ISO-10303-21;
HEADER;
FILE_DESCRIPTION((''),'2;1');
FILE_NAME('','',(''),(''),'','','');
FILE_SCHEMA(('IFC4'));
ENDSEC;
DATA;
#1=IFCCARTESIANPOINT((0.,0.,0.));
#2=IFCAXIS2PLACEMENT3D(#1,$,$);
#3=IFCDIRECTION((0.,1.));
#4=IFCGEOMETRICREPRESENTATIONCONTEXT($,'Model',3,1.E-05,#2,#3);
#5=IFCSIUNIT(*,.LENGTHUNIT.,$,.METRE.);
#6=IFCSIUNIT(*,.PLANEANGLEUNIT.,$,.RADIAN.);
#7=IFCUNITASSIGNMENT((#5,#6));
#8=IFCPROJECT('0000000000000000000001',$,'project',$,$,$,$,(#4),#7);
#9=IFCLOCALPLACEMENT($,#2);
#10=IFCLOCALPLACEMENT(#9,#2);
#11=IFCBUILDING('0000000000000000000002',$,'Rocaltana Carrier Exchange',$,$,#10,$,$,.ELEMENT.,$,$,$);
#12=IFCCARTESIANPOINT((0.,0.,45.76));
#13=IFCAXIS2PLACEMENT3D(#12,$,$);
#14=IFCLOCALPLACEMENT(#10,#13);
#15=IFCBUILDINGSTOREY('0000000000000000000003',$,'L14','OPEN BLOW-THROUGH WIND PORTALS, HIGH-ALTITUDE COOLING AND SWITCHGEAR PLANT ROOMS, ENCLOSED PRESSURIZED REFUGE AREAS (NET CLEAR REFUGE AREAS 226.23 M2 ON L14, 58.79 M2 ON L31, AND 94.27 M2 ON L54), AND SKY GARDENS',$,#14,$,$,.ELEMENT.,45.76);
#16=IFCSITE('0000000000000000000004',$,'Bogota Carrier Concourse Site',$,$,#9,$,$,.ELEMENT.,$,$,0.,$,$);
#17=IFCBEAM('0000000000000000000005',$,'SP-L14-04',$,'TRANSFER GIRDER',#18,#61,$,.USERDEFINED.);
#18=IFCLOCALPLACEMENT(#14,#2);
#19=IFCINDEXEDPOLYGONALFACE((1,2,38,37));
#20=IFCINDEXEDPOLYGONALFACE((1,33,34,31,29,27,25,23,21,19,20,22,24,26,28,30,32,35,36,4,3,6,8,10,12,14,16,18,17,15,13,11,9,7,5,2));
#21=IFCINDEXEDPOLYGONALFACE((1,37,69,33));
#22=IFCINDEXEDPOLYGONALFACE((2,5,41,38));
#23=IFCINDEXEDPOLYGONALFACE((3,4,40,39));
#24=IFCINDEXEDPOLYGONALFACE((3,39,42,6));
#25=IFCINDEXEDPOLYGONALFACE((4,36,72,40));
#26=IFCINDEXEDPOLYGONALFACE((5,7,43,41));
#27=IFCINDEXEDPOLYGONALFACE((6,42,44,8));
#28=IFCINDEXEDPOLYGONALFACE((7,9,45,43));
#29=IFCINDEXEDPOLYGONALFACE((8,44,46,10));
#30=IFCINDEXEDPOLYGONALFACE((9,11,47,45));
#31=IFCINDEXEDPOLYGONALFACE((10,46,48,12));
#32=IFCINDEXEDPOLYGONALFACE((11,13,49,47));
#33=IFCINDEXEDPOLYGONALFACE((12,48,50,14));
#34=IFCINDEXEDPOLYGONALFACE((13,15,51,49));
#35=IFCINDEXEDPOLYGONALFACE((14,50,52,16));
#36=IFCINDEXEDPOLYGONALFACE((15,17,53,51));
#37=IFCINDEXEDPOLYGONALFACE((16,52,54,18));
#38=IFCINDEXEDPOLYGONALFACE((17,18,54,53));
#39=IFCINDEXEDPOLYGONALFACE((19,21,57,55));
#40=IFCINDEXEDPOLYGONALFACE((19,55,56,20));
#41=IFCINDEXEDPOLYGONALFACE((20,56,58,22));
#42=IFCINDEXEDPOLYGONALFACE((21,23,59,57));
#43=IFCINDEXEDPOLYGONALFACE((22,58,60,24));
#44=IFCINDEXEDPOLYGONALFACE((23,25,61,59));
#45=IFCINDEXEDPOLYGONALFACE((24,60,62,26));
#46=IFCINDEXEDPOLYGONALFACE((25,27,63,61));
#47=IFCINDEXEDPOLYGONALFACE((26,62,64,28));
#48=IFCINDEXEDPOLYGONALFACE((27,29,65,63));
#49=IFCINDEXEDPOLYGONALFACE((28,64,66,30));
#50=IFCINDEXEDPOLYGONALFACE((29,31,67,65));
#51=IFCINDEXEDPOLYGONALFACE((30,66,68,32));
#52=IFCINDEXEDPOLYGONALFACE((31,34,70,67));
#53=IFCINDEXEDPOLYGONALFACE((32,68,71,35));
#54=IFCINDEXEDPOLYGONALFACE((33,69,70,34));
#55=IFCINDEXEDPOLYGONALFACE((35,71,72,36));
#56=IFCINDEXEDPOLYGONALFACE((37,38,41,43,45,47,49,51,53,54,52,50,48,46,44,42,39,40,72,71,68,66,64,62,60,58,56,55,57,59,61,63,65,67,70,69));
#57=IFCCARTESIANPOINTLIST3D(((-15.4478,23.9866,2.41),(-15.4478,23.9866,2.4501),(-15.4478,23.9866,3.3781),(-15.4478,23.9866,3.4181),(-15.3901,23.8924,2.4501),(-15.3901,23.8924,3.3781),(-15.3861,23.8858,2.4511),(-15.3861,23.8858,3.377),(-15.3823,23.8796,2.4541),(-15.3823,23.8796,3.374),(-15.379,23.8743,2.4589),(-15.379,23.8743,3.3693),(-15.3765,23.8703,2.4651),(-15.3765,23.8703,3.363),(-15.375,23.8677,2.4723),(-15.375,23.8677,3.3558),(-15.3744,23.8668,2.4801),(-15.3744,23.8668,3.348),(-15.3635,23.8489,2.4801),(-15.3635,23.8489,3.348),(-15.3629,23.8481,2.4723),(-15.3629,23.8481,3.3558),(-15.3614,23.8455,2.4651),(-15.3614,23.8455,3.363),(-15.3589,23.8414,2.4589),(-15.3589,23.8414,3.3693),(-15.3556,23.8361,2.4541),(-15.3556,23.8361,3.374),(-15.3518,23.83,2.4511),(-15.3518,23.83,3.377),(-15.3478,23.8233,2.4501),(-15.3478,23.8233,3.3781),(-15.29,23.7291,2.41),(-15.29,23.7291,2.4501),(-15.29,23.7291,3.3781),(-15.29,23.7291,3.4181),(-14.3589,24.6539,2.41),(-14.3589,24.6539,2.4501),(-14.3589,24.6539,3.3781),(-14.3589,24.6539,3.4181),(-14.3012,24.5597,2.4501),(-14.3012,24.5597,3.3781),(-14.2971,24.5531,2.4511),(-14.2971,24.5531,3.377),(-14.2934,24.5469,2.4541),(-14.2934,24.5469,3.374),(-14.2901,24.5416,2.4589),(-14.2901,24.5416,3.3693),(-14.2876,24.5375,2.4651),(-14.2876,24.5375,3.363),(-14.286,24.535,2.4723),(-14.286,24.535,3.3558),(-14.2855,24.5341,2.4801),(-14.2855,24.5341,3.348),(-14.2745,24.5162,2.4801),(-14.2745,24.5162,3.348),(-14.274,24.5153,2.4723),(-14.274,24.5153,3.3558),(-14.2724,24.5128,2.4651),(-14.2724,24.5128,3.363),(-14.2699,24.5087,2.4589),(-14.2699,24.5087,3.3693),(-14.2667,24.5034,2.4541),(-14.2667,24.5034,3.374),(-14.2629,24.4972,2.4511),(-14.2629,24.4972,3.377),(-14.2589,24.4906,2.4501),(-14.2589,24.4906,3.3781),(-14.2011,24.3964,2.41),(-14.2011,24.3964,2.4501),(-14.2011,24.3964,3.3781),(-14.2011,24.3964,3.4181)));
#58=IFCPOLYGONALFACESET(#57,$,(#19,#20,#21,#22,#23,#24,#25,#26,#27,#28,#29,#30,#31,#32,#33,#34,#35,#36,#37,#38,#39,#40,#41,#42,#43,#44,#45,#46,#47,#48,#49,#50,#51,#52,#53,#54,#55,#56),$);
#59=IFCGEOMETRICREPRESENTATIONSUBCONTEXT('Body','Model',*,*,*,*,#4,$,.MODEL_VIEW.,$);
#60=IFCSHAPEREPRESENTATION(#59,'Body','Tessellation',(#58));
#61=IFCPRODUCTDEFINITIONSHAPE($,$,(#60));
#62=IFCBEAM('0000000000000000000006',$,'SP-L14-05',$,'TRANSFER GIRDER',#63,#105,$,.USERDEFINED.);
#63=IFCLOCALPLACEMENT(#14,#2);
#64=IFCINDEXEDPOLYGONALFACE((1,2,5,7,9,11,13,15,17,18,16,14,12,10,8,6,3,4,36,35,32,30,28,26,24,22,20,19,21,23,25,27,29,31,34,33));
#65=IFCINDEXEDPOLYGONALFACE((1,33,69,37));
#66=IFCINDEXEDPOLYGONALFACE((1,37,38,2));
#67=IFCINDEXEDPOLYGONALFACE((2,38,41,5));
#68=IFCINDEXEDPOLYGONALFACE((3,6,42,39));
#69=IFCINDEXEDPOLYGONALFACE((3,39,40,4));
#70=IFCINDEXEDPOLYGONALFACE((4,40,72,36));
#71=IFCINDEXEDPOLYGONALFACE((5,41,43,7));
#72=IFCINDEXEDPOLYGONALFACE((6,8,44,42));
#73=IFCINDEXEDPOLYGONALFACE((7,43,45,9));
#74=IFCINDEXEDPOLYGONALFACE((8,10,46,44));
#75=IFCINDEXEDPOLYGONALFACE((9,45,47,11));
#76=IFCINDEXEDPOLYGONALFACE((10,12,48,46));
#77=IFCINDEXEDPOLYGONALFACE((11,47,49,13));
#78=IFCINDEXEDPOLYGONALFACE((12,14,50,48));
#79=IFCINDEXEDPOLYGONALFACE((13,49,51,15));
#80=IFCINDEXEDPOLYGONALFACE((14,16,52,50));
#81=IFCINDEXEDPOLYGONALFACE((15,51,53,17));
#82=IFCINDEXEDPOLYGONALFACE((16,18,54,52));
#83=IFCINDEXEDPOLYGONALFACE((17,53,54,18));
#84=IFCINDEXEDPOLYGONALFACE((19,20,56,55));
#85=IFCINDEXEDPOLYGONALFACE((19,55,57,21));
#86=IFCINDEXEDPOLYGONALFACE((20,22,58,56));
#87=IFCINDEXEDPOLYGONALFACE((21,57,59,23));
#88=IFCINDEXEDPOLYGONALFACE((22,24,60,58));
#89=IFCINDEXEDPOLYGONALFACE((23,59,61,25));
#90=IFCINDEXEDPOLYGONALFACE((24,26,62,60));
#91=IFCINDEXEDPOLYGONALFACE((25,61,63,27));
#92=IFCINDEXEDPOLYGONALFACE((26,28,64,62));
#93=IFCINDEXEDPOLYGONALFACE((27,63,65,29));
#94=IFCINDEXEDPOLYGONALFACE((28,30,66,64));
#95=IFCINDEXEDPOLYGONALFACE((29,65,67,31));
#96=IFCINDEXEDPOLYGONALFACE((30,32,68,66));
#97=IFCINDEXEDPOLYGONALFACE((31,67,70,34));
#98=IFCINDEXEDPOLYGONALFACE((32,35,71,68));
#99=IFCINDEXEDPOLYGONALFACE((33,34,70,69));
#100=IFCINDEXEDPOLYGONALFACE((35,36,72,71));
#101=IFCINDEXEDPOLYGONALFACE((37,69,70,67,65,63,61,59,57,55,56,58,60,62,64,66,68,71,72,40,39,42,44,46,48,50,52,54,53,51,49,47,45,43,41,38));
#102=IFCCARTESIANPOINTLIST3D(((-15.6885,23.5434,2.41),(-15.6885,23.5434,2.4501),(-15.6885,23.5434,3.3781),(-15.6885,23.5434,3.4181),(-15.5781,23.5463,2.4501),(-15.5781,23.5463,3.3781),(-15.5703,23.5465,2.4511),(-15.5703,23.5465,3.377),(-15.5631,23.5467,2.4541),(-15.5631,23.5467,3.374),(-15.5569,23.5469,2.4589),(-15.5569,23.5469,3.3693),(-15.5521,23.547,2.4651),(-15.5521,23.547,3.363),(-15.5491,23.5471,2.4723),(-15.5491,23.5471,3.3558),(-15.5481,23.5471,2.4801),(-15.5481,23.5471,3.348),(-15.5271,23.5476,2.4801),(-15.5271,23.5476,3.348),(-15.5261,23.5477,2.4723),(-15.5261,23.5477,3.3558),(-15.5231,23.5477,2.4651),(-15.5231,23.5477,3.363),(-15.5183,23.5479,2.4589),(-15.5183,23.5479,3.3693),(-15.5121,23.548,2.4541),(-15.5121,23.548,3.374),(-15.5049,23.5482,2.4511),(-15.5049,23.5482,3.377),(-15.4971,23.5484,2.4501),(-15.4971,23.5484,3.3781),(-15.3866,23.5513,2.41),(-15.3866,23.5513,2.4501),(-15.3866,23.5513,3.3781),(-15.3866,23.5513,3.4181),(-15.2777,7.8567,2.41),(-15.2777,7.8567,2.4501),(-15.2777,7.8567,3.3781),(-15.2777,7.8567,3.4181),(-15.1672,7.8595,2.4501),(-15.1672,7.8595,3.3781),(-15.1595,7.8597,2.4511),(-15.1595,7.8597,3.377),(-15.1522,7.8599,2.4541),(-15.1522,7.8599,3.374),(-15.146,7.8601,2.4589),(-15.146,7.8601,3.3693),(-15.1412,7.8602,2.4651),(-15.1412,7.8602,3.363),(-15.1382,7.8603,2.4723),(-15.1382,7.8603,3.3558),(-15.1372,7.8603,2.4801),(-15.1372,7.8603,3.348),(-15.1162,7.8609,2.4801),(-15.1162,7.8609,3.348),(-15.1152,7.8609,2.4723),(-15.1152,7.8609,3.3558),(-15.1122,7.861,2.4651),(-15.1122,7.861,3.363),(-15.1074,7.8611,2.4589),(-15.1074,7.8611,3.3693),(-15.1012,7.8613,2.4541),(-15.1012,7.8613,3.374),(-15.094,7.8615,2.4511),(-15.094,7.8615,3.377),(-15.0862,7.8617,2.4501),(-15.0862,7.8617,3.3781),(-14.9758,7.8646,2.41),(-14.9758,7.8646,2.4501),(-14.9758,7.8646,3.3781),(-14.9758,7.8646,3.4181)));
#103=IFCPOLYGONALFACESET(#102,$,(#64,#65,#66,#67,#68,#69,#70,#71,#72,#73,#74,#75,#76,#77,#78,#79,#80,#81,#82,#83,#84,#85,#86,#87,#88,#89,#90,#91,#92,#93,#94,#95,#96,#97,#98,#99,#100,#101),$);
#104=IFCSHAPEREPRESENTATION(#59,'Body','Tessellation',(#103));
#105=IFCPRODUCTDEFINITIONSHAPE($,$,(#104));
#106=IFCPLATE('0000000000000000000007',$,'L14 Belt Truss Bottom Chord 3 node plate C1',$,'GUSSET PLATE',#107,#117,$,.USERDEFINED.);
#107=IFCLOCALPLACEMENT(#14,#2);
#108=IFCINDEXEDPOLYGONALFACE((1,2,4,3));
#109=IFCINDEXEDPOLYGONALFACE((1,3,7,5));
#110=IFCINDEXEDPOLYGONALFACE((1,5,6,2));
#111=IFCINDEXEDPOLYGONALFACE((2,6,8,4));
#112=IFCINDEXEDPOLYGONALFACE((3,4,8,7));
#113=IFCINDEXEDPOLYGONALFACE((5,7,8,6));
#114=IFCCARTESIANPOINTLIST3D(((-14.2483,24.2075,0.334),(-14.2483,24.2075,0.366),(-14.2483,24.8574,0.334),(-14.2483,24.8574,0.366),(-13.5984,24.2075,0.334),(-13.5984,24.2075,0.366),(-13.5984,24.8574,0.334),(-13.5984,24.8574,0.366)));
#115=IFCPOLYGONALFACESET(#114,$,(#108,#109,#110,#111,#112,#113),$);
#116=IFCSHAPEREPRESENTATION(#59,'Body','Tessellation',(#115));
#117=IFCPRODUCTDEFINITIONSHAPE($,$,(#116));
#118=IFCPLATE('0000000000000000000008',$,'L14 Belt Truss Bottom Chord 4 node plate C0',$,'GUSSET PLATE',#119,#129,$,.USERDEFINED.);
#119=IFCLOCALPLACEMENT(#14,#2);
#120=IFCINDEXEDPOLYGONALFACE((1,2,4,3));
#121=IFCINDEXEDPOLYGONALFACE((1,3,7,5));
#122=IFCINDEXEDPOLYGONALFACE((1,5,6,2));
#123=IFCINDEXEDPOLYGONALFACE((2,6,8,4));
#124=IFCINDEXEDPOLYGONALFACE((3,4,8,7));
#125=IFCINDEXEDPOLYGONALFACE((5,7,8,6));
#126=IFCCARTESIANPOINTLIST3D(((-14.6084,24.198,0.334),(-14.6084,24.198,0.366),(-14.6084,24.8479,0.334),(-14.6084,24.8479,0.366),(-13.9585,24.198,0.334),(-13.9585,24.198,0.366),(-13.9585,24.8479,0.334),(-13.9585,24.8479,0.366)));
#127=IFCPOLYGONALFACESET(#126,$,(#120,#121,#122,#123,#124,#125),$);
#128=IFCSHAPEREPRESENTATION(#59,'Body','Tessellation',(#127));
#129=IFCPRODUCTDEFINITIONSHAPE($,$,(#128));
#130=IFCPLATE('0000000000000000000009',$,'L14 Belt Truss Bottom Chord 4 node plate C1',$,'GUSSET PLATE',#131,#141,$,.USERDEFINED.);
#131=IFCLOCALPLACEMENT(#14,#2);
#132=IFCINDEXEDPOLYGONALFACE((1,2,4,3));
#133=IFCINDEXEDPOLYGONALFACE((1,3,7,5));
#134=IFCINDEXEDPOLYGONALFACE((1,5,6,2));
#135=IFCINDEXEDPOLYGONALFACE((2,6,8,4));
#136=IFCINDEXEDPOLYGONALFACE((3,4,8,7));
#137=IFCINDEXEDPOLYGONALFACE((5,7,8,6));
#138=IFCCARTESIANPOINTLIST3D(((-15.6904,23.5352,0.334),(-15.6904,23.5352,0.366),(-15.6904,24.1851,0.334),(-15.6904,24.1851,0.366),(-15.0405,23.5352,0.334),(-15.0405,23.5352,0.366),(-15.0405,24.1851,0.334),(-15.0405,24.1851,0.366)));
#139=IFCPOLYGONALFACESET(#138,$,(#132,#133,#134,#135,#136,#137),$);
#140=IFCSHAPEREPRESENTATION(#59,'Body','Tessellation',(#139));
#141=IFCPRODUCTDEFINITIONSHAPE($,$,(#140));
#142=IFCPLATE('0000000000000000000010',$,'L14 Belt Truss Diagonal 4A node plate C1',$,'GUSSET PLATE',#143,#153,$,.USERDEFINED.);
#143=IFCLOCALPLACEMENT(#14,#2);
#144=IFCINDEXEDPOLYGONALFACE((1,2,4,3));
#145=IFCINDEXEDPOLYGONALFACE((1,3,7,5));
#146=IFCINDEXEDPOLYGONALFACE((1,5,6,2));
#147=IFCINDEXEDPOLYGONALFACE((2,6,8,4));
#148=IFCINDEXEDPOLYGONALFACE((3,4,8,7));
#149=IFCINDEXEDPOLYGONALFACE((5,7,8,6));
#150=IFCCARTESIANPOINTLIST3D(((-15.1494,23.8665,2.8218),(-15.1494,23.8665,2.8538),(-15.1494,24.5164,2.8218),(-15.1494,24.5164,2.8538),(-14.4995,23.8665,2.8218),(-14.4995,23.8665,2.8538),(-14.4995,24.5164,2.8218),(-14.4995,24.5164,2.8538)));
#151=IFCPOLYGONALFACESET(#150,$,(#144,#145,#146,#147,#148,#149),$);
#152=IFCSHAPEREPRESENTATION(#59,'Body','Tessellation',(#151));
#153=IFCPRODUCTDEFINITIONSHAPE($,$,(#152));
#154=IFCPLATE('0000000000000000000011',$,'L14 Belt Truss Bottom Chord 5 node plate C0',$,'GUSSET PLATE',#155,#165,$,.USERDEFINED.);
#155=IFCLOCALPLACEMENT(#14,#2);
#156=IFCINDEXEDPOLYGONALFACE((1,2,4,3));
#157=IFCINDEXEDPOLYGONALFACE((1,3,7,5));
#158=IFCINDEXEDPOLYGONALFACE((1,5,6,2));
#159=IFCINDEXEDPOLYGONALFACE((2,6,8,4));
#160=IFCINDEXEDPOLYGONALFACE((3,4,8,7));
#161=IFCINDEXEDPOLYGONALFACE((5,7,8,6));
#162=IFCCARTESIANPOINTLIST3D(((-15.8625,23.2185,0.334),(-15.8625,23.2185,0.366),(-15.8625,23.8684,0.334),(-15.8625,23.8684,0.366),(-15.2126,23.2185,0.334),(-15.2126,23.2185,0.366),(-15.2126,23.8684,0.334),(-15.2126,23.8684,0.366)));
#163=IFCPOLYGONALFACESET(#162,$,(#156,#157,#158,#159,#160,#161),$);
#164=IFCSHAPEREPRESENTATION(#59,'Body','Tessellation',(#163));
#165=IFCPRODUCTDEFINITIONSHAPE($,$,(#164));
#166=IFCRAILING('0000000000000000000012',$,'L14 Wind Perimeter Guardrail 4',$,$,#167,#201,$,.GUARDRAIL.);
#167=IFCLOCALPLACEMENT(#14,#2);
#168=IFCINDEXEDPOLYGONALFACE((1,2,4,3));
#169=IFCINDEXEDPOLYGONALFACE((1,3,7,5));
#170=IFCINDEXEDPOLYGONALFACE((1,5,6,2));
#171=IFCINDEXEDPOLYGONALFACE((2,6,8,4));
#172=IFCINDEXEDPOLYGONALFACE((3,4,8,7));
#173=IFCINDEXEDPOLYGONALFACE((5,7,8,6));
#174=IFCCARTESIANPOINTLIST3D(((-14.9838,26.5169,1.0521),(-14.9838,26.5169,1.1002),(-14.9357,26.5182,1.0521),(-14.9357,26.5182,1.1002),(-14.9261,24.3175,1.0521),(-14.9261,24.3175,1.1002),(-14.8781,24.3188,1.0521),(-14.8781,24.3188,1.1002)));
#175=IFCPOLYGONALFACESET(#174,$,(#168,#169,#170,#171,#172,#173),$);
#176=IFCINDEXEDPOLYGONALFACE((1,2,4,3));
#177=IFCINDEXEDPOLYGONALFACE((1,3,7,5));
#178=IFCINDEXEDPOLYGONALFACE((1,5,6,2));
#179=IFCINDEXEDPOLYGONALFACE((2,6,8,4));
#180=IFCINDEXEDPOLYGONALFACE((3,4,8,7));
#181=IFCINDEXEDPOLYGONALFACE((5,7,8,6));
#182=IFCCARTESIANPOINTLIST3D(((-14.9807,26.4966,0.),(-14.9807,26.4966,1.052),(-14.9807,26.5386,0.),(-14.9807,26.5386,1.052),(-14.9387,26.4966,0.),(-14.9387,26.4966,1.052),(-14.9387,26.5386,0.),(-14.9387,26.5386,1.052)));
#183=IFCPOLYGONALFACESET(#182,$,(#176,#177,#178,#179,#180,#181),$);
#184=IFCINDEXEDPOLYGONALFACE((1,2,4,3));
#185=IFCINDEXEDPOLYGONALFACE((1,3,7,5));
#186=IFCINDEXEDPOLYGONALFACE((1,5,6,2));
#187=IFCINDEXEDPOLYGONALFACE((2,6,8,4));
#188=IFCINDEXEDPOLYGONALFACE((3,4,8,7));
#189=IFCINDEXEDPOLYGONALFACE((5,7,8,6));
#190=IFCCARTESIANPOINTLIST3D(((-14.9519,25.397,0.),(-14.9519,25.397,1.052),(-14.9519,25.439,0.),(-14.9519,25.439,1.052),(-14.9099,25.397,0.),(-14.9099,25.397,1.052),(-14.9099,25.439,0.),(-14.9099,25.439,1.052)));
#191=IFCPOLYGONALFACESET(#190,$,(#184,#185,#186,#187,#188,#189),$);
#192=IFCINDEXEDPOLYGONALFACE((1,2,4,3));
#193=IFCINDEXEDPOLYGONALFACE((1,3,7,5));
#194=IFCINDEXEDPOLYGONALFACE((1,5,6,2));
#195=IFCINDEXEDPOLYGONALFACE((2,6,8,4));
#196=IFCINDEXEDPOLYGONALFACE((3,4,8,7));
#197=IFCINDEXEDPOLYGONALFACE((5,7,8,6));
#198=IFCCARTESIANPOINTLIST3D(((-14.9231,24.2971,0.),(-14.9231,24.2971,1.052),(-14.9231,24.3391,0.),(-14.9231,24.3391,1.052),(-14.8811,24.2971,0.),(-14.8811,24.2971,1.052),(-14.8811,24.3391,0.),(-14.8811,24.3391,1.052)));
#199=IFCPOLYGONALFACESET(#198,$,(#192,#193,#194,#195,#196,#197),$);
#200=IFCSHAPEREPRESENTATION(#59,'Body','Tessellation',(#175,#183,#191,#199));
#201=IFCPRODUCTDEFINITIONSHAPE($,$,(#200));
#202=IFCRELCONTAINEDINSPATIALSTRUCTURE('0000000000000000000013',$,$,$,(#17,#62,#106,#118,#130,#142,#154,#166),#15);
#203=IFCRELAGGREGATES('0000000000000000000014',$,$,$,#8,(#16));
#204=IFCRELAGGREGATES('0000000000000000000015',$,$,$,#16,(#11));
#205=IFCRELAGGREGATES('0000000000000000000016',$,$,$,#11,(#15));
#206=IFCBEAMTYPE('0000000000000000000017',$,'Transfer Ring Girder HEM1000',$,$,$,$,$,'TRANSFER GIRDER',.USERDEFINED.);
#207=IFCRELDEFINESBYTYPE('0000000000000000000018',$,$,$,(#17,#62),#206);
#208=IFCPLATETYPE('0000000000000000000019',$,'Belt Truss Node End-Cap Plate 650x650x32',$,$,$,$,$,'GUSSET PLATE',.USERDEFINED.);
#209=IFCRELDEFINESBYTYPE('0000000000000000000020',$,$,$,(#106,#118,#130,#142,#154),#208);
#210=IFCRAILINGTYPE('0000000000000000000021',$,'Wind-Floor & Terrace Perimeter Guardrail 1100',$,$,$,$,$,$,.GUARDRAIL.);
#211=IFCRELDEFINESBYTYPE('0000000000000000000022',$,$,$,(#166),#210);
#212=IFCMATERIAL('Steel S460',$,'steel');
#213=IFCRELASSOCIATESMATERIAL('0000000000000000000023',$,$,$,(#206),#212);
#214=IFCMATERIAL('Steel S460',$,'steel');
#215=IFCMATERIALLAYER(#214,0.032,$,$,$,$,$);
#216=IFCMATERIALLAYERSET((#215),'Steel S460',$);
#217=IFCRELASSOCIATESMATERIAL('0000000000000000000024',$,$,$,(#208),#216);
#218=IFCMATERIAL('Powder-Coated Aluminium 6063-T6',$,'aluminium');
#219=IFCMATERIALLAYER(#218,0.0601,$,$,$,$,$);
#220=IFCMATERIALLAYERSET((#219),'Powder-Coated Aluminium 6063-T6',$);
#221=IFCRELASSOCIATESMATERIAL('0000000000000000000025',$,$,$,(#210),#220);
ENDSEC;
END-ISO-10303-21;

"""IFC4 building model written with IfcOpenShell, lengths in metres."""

from ifc_helpers import new_model, si_unit, direction, frame, origin, origin_2d, place, context, subcontext, project, spatial, rectangle, i_section, extrude, material, layer, layer_set, material_profile, profile_set, type_object, element, save


model = new_model("IFC4")

# Units and contexts
model_context = context("Model", 3, precision=1e-05, world=origin(), true_north=direction((0.0, 1.0)))
body_context = subcontext(model_context, "Body", "Model", "MODEL_VIEW")
ifc_project = project(units=[si_unit("LENGTHUNIT", "METRE"), si_unit("PLANEANGLEUNIT", "RADIAN")], contexts=[model_context])

# Site, building, storey
site_placement = place(None, origin())
site = spatial("IfcSite", under=ifc_project, at=site_placement, Name="Bogota Carrier Concourse Site", CompositionType="ELEMENT", RefElevation=0.0)
building_placement = place(site_placement, origin())
building = spatial("IfcBuilding", under=site, at=building_placement, Name="Rocaltana Carrier Exchange", CompositionType="ELEMENT")
storey_placement = place(building_placement, frame((0.0, 0.0, 45.76)))
storey = spatial("IfcBuildingStorey", under=building, at=storey_placement, Name="L14", Description="OPEN BLOW-THROUGH WIND PORTALS, HIGH-ALTITUDE COOLING AND SWITCHGEAR PLANT ROOMS, ENCLOSED PRESSURIZED REFUGE AREAS (NET CLEAR REFUGE AREAS 226.23 M2 ON L14, 58.79 M2 ON L31, AND 94.27 M2 ON L54), AND SKY GARDENS", CompositionType="ELEMENT", Elevation=45.76)

# Beams
ifc_material_1 = material(Name="Steel S460", Category="steel")
ifc_material_profile_1 = material_profile(ifc_material_1, i_section(OverallWidth=0.302, OverallDepth=1.0081, WebThickness=0.021, FlangeThickness=0.04, FilletRadius=0.03, at=origin_2d()), Name="HEM1000")
ifc_profile_set_1 = profile_set([ifc_material_profile_1], Name="Steel S460")
beam_type_1 = type_object("IfcBeamType", Name="Transfer Ring Girder HEM1000", ElementType="TRANSFER GIRDER", PredefinedType="USERDEFINED", material=ifc_profile_set_1)
beam_1_placement = place(storey_placement, frame((-14.28, 24.5251, 2.9141), z_axis=(-0.852648, -0.522486, 0.0), x_axis=(0.522486, -0.852648, 0.0)))
element("IfcBeam", 1, at=beam_1_placement, inside=storey, type_object=beam_type_1, Name="SP-L14-04", ObjectType="TRANSFER GIRDER", PredefinedType="USERDEFINED", context=body_context, shape_type="SweptSolid", body=[
    extrude(i_section(OverallWidth=0.302, OverallDepth=1.0081, WebThickness=0.021, FlangeThickness=0.04, FilletRadius=0.03, at=origin_2d()), origin(), (0.0, 0.0, 1.0), 1.2771),
])
beam_2_placement = place(storey_placement, frame((-15.5376, 23.5474, 2.9141), z_axis=(0.026184, -0.999657, 0.0), x_axis=(0.999657, 0.026184, 0.0)))
element("IfcBeam", 2, at=beam_2_placement, inside=storey, type_object=beam_type_1, Name="SP-L14-05", ObjectType="TRANSFER GIRDER", PredefinedType="USERDEFINED", context=body_context, shape_type="SweptSolid", body=[
    extrude(i_section(OverallWidth=0.302, OverallDepth=1.0081, WebThickness=0.021, FlangeThickness=0.04, FilletRadius=0.03, at=origin_2d()), origin(), (0.0, 0.0, 1.0), 15.6921),
])

# Plates
ifc_material_2 = material(Name="Steel S460", Category="steel")
ifc_layer_1 = layer(ifc_material_2, 0.032)
ifc_layer_set_1 = layer_set([ifc_layer_1], Name="Steel S460")
plate_type = type_object("IfcPlateType", Name="Belt Truss Node End-Cap Plate 650x650x32", ElementType="GUSSET PLATE", PredefinedType="USERDEFINED", material=ifc_layer_set_1)
for number, where, z_axis, x_axis, name in (
    (3, (-13.9233, 24.5325, 0.334), (0.0, 0.0, 1.0), (1.0, 0.0, 0.0), "L14 Belt Truss Bottom Chord 3 node plate C1"),
    (4, (-14.2834, 24.5229, 0.334), (0.0, 0.0, 1.0), (1.0, 0.0, 0.0), "L14 Belt Truss Bottom Chord 4 node plate C0"),
    (5, (-15.3655, 23.8601, 0.334), (0.0, 0.0, 1.0), (1.0, 0.0, 0.0), "L14 Belt Truss Bottom Chord 4 node plate C1"),
    (6, (-14.8245, 24.1914, 2.8218), (0.0, 0.0, 1.0), (1.0, 0.0, 0.0), "L14 Belt Truss Diagonal 4A node plate C1"),
    (7, (-15.5376, 23.5435, 0.334), (0.0, 0.0, 1.0), (1.0, 0.0, 0.0), "L14 Belt Truss Bottom Chord 5 node plate C0"),
):
    element("IfcPlate", number, at=place(storey_placement, frame(where, z_axis=z_axis, x_axis=x_axis)), inside=storey, type_object=plate_type, Name=name, ObjectType="GUSSET PLATE", PredefinedType="USERDEFINED", context=body_context, shape_type="SweptSolid", body=[
        extrude(rectangle(XDim=0.6499, YDim=0.6499, at=origin_2d()), origin(), (0.0, 0.0, 1.0), 0.032),
    ])

# Railing
ifc_material_3 = material(Name="Powder-Coated Aluminium 6063-T6", Category="aluminium")
ifc_layer_2 = layer(ifc_material_3, 0.0601)
ifc_layer_set_2 = layer_set([ifc_layer_2], Name="Powder-Coated Aluminium 6063-T6")
railing_type = type_object("IfcRailingType", Name="Wind-Floor & Terrace Perimeter Guardrail 1100", PredefinedType="GUARDRAIL", material=ifc_layer_set_2)
railing_1_placement = place(storey_placement, frame((-14.9597, 26.5176, 0.0)))
element("IfcRailing", 8, at=railing_1_placement, inside=storey, type_object=railing_type, Name="L14 Wind Perimeter Guardrail 4", PredefinedType="GUARDRAIL", context=body_context, shape_type="SweptSolid", body=[
    extrude(rectangle(XDim=0.0481, YDim=0.0481, at=origin_2d()), frame((0.0, 0.0, 1.0762), z_axis=(0.026187, -0.999657, 0.0), x_axis=(0.999657, 0.026187, 0.0)), (0.0, 0.0, 1.0), 2.2002),
    extrude(rectangle(XDim=0.042, YDim=0.042, at=origin_2d()), origin(), (0.0, 0.0, 1.0), 1.052),
    extrude(rectangle(XDim=0.042, YDim=0.042, at=origin_2d()), frame((0.0288, -1.0996, 0.0)), (0.0, 0.0, 1.0), 1.052),
    extrude(rectangle(XDim=0.042, YDim=0.042, at=origin_2d()), frame((0.0576, -2.1995, 0.0)), (0.0, 0.0, 1.0), 1.052),
])

save(model, "model.ifc")
